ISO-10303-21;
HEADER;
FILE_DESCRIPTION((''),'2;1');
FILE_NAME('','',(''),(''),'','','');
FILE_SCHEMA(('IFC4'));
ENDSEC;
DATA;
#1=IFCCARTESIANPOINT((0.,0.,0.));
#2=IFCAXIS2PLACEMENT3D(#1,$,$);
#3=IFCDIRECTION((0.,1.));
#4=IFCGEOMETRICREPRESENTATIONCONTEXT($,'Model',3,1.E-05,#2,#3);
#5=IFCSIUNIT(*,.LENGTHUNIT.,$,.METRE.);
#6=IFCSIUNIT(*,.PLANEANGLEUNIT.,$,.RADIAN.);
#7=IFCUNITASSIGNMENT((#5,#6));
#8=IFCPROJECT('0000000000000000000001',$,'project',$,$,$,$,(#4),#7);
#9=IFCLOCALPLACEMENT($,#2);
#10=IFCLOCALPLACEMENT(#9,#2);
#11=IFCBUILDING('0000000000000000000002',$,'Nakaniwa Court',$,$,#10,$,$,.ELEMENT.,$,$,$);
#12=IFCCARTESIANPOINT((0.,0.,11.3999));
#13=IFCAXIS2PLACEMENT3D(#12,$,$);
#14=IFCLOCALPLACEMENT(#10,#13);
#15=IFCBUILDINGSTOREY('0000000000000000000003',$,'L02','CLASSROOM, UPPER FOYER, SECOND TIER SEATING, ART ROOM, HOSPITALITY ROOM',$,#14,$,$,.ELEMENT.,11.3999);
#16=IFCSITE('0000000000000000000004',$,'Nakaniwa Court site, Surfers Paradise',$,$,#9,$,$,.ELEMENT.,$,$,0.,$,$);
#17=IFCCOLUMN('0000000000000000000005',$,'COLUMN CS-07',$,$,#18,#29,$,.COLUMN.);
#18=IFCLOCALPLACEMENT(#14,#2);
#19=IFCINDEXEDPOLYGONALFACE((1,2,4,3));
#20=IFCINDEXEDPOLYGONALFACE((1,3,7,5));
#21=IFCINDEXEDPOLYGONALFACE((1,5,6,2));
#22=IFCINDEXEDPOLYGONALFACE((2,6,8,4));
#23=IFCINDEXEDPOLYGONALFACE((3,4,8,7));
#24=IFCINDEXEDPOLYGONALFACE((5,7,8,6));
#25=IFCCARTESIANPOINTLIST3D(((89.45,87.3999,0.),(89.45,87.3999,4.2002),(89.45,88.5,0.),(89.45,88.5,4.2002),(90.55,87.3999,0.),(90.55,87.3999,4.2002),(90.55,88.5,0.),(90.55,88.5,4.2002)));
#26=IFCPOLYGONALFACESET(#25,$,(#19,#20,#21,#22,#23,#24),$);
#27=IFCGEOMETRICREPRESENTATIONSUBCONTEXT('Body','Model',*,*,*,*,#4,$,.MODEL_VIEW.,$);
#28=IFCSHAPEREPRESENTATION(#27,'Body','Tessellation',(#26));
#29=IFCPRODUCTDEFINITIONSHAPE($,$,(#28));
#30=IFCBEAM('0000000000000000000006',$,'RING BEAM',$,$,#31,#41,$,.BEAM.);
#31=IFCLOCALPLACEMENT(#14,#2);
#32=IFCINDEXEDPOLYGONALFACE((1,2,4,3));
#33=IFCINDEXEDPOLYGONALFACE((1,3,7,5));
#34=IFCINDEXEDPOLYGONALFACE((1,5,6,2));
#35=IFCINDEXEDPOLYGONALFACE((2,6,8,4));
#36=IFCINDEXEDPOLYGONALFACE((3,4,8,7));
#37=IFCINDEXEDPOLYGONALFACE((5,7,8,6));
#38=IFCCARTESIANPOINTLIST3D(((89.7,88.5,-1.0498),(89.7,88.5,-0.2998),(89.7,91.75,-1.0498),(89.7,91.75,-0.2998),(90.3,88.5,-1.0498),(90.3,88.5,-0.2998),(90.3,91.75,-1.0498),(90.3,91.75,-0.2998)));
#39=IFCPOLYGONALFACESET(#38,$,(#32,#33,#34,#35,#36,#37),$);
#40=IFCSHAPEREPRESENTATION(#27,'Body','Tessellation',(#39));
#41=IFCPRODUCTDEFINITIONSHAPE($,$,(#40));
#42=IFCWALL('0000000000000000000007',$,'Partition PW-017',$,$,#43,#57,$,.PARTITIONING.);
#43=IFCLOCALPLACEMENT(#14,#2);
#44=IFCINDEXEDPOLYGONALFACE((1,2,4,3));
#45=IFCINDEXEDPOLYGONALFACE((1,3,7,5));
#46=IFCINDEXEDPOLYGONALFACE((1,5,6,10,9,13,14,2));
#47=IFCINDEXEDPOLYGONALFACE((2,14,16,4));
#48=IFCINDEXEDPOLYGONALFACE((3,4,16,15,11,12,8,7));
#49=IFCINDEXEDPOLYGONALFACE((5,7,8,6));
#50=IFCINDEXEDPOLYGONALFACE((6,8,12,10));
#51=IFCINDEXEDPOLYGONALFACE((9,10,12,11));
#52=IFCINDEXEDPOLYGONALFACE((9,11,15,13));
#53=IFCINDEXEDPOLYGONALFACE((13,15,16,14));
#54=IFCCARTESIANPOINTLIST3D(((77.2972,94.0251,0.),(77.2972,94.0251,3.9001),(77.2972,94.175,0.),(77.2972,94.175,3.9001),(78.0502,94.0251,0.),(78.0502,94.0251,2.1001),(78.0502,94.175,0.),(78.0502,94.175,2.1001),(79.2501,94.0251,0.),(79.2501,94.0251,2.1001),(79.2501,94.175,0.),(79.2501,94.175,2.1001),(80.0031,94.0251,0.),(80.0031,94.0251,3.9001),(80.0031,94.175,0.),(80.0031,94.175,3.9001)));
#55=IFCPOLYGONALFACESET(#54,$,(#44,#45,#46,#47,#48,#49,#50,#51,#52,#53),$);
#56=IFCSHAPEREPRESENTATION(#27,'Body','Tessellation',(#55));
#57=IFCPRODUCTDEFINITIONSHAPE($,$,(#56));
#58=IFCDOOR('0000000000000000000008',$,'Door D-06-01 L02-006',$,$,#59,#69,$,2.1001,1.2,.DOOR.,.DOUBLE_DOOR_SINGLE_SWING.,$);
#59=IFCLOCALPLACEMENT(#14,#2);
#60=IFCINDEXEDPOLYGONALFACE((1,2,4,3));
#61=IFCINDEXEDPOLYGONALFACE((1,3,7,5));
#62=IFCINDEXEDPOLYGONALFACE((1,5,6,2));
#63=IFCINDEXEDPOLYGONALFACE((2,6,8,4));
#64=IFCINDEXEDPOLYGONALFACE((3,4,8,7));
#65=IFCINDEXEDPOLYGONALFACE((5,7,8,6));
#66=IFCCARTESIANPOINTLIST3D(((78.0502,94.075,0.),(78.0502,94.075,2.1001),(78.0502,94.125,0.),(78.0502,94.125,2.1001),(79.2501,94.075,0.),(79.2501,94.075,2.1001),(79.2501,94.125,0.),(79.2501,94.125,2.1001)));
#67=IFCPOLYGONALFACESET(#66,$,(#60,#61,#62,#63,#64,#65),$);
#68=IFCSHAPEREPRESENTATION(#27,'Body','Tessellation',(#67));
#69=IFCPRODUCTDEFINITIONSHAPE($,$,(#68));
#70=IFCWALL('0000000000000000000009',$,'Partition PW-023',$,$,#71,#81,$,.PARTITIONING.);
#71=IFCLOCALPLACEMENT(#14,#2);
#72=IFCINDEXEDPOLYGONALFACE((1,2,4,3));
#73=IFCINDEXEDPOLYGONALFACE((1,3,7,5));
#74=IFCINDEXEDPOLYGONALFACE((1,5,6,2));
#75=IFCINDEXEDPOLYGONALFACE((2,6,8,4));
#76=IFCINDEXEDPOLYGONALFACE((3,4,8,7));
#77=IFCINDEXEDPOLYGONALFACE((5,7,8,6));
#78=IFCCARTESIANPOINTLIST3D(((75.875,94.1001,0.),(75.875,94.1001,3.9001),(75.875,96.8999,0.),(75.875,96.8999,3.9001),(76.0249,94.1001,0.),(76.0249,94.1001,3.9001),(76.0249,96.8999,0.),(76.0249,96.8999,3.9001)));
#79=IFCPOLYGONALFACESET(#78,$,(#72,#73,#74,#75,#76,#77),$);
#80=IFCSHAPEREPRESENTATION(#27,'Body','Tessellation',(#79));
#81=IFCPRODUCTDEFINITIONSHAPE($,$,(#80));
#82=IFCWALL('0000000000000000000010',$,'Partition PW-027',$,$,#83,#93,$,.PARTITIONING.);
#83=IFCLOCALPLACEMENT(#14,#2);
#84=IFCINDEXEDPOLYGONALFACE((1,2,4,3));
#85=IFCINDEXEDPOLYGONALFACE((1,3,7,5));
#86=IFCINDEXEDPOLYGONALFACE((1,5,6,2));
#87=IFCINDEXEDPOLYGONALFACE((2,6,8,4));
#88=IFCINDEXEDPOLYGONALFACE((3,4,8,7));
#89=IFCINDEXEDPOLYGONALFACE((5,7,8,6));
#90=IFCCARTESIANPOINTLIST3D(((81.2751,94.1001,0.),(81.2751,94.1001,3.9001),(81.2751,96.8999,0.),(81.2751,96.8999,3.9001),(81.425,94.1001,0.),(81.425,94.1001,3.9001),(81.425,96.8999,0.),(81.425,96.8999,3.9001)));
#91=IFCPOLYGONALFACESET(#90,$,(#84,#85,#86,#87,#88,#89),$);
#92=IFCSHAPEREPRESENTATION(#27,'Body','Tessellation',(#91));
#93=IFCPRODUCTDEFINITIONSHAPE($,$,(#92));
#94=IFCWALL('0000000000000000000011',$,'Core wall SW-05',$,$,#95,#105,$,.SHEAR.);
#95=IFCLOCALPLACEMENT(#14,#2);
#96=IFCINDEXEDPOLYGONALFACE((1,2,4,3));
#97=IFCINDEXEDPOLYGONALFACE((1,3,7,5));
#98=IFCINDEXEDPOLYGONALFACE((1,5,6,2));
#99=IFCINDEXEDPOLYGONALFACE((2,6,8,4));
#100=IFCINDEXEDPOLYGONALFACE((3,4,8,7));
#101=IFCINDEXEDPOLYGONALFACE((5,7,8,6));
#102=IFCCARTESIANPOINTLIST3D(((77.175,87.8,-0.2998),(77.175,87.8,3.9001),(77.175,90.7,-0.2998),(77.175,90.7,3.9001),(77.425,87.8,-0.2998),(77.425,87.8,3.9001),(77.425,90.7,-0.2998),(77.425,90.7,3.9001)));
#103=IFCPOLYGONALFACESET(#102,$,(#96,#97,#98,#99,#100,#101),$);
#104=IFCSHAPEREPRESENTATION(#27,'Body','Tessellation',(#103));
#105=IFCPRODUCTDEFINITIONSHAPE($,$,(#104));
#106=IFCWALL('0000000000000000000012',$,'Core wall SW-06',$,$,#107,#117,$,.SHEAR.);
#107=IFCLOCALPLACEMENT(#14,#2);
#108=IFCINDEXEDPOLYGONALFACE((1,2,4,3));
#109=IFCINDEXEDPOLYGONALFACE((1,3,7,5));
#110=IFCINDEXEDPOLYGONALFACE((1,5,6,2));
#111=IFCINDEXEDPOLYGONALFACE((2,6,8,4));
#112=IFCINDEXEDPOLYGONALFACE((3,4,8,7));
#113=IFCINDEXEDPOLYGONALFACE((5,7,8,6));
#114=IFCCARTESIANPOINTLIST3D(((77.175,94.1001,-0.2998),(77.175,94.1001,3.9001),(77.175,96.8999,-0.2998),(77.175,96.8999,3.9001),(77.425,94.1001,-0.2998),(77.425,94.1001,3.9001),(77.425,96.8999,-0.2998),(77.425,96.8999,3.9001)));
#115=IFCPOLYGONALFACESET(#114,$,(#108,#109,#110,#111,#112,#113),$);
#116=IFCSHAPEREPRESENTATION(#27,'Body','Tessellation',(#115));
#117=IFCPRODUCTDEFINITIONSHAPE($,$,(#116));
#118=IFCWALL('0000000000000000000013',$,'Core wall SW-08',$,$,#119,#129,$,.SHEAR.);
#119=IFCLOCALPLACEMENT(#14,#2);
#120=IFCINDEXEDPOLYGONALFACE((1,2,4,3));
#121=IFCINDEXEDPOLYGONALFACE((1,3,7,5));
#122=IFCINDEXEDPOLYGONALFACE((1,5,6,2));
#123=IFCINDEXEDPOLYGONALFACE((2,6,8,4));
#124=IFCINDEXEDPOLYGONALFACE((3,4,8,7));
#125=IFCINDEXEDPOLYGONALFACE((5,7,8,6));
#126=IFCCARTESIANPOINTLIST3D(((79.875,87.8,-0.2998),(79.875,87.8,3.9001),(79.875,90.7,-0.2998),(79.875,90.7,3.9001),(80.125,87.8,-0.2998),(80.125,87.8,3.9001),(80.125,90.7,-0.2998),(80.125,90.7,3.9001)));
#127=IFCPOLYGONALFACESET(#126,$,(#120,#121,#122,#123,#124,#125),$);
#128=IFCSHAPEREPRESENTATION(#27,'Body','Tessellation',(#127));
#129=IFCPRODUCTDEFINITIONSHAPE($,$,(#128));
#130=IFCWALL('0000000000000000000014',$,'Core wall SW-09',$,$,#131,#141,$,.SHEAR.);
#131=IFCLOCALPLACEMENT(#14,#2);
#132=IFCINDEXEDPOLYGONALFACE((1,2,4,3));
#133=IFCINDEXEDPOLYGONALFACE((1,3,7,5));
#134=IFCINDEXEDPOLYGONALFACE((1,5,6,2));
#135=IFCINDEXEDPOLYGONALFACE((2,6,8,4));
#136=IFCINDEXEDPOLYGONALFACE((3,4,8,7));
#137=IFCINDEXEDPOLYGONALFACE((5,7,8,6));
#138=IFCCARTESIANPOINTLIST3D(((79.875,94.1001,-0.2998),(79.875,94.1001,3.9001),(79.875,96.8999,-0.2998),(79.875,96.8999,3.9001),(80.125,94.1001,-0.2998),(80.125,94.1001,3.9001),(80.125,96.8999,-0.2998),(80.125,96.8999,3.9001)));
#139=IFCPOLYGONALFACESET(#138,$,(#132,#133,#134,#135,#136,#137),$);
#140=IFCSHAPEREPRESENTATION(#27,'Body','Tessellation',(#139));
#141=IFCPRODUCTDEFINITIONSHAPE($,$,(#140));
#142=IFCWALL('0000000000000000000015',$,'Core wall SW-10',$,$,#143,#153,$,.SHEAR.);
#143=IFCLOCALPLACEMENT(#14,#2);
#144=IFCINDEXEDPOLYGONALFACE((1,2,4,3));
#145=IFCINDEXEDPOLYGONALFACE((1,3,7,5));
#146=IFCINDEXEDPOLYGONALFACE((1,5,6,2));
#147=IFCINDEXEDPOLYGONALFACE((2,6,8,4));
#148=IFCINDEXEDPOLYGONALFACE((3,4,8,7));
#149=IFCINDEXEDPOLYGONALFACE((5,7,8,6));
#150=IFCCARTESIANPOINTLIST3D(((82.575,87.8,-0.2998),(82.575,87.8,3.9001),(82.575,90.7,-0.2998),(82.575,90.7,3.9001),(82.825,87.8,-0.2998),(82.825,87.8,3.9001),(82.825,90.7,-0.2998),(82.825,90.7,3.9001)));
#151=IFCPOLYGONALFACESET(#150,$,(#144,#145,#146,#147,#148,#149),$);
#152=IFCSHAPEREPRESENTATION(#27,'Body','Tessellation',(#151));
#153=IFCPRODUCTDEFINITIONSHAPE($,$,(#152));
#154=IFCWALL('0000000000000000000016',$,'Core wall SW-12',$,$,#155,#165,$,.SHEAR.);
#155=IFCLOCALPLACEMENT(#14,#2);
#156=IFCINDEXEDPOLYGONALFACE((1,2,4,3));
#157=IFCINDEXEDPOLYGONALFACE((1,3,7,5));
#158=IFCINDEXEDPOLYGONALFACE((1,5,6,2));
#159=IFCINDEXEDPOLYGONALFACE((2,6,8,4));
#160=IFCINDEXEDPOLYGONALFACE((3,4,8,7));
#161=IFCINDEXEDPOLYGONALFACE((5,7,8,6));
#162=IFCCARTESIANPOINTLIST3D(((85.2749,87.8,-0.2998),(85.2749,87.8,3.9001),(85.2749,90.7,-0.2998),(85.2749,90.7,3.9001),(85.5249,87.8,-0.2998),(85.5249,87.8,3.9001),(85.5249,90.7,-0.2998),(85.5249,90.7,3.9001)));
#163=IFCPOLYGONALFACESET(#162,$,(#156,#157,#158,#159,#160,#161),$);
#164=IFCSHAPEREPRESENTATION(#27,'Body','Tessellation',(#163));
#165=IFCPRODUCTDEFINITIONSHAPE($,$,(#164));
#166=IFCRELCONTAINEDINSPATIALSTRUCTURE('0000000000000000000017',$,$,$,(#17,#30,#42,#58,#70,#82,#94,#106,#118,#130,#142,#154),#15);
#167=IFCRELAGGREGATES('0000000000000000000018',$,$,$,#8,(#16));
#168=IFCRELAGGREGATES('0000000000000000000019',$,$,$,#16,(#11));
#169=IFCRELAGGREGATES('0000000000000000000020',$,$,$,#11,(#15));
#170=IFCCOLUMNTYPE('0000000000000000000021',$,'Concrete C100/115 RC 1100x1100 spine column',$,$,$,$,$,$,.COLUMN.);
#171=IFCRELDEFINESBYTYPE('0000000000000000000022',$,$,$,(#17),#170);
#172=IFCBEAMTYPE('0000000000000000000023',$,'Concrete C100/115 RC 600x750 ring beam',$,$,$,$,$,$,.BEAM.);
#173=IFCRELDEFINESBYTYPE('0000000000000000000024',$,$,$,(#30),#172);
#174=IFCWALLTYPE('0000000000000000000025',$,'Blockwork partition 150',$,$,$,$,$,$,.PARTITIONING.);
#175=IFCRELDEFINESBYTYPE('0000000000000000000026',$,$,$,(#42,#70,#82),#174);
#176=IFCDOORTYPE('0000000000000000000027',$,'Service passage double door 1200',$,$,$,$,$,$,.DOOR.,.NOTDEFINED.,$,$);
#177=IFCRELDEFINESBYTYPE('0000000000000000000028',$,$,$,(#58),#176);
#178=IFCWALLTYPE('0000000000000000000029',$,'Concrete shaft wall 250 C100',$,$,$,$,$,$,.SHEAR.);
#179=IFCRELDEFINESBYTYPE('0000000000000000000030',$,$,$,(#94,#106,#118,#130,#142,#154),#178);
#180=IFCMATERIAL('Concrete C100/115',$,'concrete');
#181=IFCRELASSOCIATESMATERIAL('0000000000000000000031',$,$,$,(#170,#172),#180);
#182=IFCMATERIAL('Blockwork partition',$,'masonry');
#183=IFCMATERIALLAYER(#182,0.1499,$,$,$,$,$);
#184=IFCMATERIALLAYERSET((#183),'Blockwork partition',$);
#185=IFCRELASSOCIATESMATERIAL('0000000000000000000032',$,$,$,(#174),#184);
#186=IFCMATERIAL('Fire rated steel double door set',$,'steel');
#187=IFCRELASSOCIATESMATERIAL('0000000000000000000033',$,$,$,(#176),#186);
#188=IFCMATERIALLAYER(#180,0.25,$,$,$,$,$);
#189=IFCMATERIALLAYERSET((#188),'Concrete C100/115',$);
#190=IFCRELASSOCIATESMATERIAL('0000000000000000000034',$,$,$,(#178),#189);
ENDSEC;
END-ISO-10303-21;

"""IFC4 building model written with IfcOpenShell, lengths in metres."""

from ifc_helpers import new_model, si_unit, direction, frame, frame_2d, origin, origin_2d, place, context, subcontext, project, spatial, rectangle, extrude, material, layer, layer_set, material_profile, profile_set, type_object, element, fill, save


model = new_model("IFC4")

# Units and contexts
model_context = context("Model", 3, precision=1e-05, world=origin(), true_north=direction((0.0, 1.0)))
body_context = subcontext(model_context, "Body", "Model", "MODEL_VIEW")
ifc_project = project(units=[si_unit("LENGTHUNIT", "METRE"), si_unit("PLANEANGLEUNIT", "RADIAN")], contexts=[model_context])

# Site, building, storey
site_placement = place(None, origin())
site = spatial("IfcSite", under=ifc_project, at=site_placement, Name="Nakaniwa Court site, Surfers Paradise", CompositionType="ELEMENT", RefElevation=0.0)
building_placement = place(site_placement, origin())
building = spatial("IfcBuilding", under=site, at=building_placement, Name="Nakaniwa Court", CompositionType="ELEMENT")
storey_placement = place(building_placement, frame((0.0, 0.0, 11.3999)))
storey = spatial("IfcBuildingStorey", under=building, at=storey_placement, Name="L02", Description="CLASSROOM, UPPER FOYER, SECOND TIER SEATING, ART ROOM, HOSPITALITY ROOM", CompositionType="ELEMENT", Elevation=11.3999)

# Column
ifc_material_1 = material(Name="Concrete C100/115", Category="concrete")
ifc_material_profile_1 = material_profile(ifc_material_1, rectangle(XDim=1.1001, YDim=1.1001, at=origin_2d()), Name="Concrete C100/115 RC 1100x1100 spine column")
ifc_profile_set_1 = profile_set([ifc_material_profile_1], Name="Concrete C100/115")
column_type = type_object("IfcColumnType", Name="Concrete C100/115 RC 1100x1100 spine column", PredefinedType="COLUMN", material=ifc_profile_set_1)
column_placement = place(storey_placement, frame((90.0, 87.95, 0.0), z_axis=(0.0, 0.0, 1.0), x_axis=(0.0, 1.0, 0.0)))
element("IfcColumn", 1, at=column_placement, inside=storey, type_object=column_type, Name="COLUMN CS-07", PredefinedType="COLUMN", context=body_context, shape_type="SweptSolid", body=[
    extrude(rectangle(XDim=1.1001, YDim=1.1001, at=origin_2d()), origin(), (0.0, 0.0, 1.0), 4.2002),
])

# Beam
ifc_material_profile_2 = material_profile(ifc_material_1, rectangle(XDim=0.6001, YDim=0.75, at=origin_2d()), Name="Concrete C100/115 RC 600x750 ring beam")
ifc_profile_set_2 = profile_set([ifc_material_profile_2], Name="Concrete C100/115")
beam_type = type_object("IfcBeamType", Name="Concrete C100/115 RC 600x750 ring beam", PredefinedType="BEAM", material=ifc_profile_set_2)
beam_placement = place(storey_placement, frame((90.0, 88.5, -0.6748), z_axis=(0.0, 1.0, 0.0), x_axis=(-1.0, 0.0, 0.0)))
element("IfcBeam", 2, at=beam_placement, inside=storey, type_object=beam_type, Name="RING BEAM", PredefinedType="BEAM", context=body_context, shape_type="SweptSolid", body=[
    extrude(rectangle(XDim=0.6001, YDim=0.75, at=origin_2d()), origin(), (0.0, 0.0, 1.0), 3.25),
])

# Wall, opening, door
ifc_material_2 = material(Name="Blockwork partition", Category="masonry")
ifc_layer_1 = layer(ifc_material_2, 0.1499)
ifc_layer_set_1 = layer_set([ifc_layer_1], Name="Blockwork partition")
wall_type_1 = type_object("IfcWallType", Name="Blockwork partition 150", PredefinedType="PARTITIONING", material=ifc_layer_set_1)
wall_1_placement = place(storey_placement, frame((77.2971, 94.1001, 0.0), z_axis=(0.0, 0.0, 1.0), x_axis=(1.0, 0.0, 0.0)))
wall_1 = element("IfcWall", 3, at=wall_1_placement, inside=storey, type_object=wall_type_1, Name="Partition PW-017", PredefinedType="PARTITIONING", context=body_context, shape_type="SweptSolid", body=[
    extrude(rectangle(XDim=2.7058, YDim=0.1499, at=frame_2d((1.353, 0.0))), origin(), (0.0, 0.0, 1.0), 3.9001),
])
opening_1_placement = place(wall_1_placement, frame((0.7529, 0.0, 0.0)))
opening_1 = element("IfcOpeningElement", 4, at=opening_1_placement, cuts=wall_1, PredefinedType="OPENING", context=body_context, shape_type="SweptSolid", body=[
    extrude(rectangle(XDim=1.2, YDim=2.1001, at=frame_2d((0.6001, 1.05))), frame((0.0, 0.085, 0.0), z_axis=(0.0, -1.0, 0.0), x_axis=(1.0, 0.0, 0.0)), (0.0, 0.0, 1.0), 0.1699),
])
ifc_material_3 = material(Name="Fire rated steel double door set", Category="steel")
door_type_1 = type_object("IfcDoorType", Name="Service passage double door 1200", OperationType="NOTDEFINED", PredefinedType="DOOR", material=ifc_material_3)
door_1_placement = place(opening_1_placement, origin())
door_1 = element("IfcDoor", 5, at=door_1_placement, inside=storey, type_object=door_type_1, Name="Door D-06-01 L02-006", OperationType="DOUBLE_DOOR_SINGLE_SWING", OverallHeight=2.1001, OverallWidth=1.2, PredefinedType="DOOR", context=body_context, shape_type="SweptSolid", body=[
    extrude(rectangle(XDim=1.2, YDim=2.1001, at=frame_2d((0.6001, 1.05))), frame((0.0, 0.0249, 0.0), z_axis=(0.0, -1.0, 0.0), x_axis=(1.0, 0.0, 0.0)), (0.0, 0.0, 1.0), 0.05),
])
fill(opening_1, door_1)

# Walls
for number, where, z_axis, x_axis, name in (
    (6, (75.95, 94.1001, 0.0), (0.0, 0.0, 1.0), (0.0, 1.0, 0.0), "Partition PW-023"),
    (7, (81.3501, 94.1001, 0.0), (0.0, 0.0, 1.0), (0.0, 1.0, 0.0), "Partition PW-027"),
):
    element("IfcWall", number, at=place(storey_placement, frame(where, z_axis=z_axis, x_axis=x_axis)), inside=storey, type_object=wall_type_1, Name=name, PredefinedType="PARTITIONING", context=body_context, shape_type="SweptSolid", body=[
        extrude(rectangle(XDim=2.7998, YDim=0.1499, at=frame_2d((1.3999, 0.0))), origin(), (0.0, 0.0, 1.0), 3.9001),
    ])
ifc_layer_2 = layer(ifc_material_1, 0.25)
ifc_layer_set_2 = layer_set([ifc_layer_2], Name="Concrete C100/115")
wall_type_2 = type_object("IfcWallType", Name="Concrete shaft wall 250 C100", PredefinedType="SHEAR", material=ifc_layer_set_2)
wall_2_placement = place(storey_placement, frame((77.3, 87.8, -0.2998), z_axis=(0.0, 0.0, 1.0), x_axis=(0.0, 1.0, 0.0)))
element("IfcWall", 8, at=wall_2_placement, inside=storey, type_object=wall_type_2, Name="Core wall SW-05", PredefinedType="SHEAR", context=body_context, shape_type="SweptSolid", body=[
    extrude(rectangle(XDim=2.8999, YDim=0.25, at=frame_2d((1.45, 0.0))), origin(), (0.0, 0.0, 1.0), 4.2),
])
wall_3_placement = place(storey_placement, frame((77.3, 94.1001, -0.2998), z_axis=(0.0, 0.0, 1.0), x_axis=(0.0, 1.0, 0.0)))
element("IfcWall", 9, at=wall_3_placement, inside=storey, type_object=wall_type_2, Name="Core wall SW-06", PredefinedType="SHEAR", context=body_context, shape_type="SweptSolid", body=[
    extrude(rectangle(XDim=2.7998, YDim=0.25, at=frame_2d((1.3999, 0.0))), origin(), (0.0, 0.0, 1.0), 4.2),
])
wall_4_placement = place(storey_placement, frame((80.0, 87.8, -0.2998), z_axis=(0.0, 0.0, 1.0), x_axis=(0.0, 1.0, 0.0)))
element("IfcWall", 10, at=wall_4_placement, inside=storey, type_object=wall_type_2, Name="Core wall SW-08", PredefinedType="SHEAR", context=body_context, shape_type="SweptSolid", body=[
    extrude(rectangle(XDim=2.8999, YDim=0.25, at=frame_2d((1.45, 0.0))), origin(), (0.0, 0.0, 1.0), 4.2),
])
wall_5_placement = place(storey_placement, frame((80.0, 94.1001, -0.2998), z_axis=(0.0, 0.0, 1.0), x_axis=(0.0, 1.0, 0.0)))
element("IfcWall", 11, at=wall_5_placement, inside=storey, type_object=wall_type_2, Name="Core wall SW-09", PredefinedType="SHEAR", context=body_context, shape_type="SweptSolid", body=[
    extrude(rectangle(XDim=2.7998, YDim=0.25, at=frame_2d((1.3999, 0.0))), origin(), (0.0, 0.0, 1.0), 4.2),
])
for number, where, z_axis, x_axis, name in (
    (12, (82.7, 87.8, -0.2998), (0.0, 0.0, 1.0), (0.0, 1.0, 0.0), "Core wall SW-10"),
    (13, (85.3999, 87.8, -0.2998), (0.0, 0.0, 1.0), (0.0, 1.0, 0.0), "Core wall SW-12"),
):
    element("IfcWall", number, at=place(storey_placement, frame(where, z_axis=z_axis, x_axis=x_axis)), inside=storey, type_object=wall_type_2, Name=name, PredefinedType="SHEAR", context=body_context, shape_type="SweptSolid", body=[
        extrude(rectangle(XDim=2.8999, YDim=0.25, at=frame_2d((1.45, 0.0))), origin(), (0.0, 0.0, 1.0), 4.2),
    ])

save(model, "model.ifc")
